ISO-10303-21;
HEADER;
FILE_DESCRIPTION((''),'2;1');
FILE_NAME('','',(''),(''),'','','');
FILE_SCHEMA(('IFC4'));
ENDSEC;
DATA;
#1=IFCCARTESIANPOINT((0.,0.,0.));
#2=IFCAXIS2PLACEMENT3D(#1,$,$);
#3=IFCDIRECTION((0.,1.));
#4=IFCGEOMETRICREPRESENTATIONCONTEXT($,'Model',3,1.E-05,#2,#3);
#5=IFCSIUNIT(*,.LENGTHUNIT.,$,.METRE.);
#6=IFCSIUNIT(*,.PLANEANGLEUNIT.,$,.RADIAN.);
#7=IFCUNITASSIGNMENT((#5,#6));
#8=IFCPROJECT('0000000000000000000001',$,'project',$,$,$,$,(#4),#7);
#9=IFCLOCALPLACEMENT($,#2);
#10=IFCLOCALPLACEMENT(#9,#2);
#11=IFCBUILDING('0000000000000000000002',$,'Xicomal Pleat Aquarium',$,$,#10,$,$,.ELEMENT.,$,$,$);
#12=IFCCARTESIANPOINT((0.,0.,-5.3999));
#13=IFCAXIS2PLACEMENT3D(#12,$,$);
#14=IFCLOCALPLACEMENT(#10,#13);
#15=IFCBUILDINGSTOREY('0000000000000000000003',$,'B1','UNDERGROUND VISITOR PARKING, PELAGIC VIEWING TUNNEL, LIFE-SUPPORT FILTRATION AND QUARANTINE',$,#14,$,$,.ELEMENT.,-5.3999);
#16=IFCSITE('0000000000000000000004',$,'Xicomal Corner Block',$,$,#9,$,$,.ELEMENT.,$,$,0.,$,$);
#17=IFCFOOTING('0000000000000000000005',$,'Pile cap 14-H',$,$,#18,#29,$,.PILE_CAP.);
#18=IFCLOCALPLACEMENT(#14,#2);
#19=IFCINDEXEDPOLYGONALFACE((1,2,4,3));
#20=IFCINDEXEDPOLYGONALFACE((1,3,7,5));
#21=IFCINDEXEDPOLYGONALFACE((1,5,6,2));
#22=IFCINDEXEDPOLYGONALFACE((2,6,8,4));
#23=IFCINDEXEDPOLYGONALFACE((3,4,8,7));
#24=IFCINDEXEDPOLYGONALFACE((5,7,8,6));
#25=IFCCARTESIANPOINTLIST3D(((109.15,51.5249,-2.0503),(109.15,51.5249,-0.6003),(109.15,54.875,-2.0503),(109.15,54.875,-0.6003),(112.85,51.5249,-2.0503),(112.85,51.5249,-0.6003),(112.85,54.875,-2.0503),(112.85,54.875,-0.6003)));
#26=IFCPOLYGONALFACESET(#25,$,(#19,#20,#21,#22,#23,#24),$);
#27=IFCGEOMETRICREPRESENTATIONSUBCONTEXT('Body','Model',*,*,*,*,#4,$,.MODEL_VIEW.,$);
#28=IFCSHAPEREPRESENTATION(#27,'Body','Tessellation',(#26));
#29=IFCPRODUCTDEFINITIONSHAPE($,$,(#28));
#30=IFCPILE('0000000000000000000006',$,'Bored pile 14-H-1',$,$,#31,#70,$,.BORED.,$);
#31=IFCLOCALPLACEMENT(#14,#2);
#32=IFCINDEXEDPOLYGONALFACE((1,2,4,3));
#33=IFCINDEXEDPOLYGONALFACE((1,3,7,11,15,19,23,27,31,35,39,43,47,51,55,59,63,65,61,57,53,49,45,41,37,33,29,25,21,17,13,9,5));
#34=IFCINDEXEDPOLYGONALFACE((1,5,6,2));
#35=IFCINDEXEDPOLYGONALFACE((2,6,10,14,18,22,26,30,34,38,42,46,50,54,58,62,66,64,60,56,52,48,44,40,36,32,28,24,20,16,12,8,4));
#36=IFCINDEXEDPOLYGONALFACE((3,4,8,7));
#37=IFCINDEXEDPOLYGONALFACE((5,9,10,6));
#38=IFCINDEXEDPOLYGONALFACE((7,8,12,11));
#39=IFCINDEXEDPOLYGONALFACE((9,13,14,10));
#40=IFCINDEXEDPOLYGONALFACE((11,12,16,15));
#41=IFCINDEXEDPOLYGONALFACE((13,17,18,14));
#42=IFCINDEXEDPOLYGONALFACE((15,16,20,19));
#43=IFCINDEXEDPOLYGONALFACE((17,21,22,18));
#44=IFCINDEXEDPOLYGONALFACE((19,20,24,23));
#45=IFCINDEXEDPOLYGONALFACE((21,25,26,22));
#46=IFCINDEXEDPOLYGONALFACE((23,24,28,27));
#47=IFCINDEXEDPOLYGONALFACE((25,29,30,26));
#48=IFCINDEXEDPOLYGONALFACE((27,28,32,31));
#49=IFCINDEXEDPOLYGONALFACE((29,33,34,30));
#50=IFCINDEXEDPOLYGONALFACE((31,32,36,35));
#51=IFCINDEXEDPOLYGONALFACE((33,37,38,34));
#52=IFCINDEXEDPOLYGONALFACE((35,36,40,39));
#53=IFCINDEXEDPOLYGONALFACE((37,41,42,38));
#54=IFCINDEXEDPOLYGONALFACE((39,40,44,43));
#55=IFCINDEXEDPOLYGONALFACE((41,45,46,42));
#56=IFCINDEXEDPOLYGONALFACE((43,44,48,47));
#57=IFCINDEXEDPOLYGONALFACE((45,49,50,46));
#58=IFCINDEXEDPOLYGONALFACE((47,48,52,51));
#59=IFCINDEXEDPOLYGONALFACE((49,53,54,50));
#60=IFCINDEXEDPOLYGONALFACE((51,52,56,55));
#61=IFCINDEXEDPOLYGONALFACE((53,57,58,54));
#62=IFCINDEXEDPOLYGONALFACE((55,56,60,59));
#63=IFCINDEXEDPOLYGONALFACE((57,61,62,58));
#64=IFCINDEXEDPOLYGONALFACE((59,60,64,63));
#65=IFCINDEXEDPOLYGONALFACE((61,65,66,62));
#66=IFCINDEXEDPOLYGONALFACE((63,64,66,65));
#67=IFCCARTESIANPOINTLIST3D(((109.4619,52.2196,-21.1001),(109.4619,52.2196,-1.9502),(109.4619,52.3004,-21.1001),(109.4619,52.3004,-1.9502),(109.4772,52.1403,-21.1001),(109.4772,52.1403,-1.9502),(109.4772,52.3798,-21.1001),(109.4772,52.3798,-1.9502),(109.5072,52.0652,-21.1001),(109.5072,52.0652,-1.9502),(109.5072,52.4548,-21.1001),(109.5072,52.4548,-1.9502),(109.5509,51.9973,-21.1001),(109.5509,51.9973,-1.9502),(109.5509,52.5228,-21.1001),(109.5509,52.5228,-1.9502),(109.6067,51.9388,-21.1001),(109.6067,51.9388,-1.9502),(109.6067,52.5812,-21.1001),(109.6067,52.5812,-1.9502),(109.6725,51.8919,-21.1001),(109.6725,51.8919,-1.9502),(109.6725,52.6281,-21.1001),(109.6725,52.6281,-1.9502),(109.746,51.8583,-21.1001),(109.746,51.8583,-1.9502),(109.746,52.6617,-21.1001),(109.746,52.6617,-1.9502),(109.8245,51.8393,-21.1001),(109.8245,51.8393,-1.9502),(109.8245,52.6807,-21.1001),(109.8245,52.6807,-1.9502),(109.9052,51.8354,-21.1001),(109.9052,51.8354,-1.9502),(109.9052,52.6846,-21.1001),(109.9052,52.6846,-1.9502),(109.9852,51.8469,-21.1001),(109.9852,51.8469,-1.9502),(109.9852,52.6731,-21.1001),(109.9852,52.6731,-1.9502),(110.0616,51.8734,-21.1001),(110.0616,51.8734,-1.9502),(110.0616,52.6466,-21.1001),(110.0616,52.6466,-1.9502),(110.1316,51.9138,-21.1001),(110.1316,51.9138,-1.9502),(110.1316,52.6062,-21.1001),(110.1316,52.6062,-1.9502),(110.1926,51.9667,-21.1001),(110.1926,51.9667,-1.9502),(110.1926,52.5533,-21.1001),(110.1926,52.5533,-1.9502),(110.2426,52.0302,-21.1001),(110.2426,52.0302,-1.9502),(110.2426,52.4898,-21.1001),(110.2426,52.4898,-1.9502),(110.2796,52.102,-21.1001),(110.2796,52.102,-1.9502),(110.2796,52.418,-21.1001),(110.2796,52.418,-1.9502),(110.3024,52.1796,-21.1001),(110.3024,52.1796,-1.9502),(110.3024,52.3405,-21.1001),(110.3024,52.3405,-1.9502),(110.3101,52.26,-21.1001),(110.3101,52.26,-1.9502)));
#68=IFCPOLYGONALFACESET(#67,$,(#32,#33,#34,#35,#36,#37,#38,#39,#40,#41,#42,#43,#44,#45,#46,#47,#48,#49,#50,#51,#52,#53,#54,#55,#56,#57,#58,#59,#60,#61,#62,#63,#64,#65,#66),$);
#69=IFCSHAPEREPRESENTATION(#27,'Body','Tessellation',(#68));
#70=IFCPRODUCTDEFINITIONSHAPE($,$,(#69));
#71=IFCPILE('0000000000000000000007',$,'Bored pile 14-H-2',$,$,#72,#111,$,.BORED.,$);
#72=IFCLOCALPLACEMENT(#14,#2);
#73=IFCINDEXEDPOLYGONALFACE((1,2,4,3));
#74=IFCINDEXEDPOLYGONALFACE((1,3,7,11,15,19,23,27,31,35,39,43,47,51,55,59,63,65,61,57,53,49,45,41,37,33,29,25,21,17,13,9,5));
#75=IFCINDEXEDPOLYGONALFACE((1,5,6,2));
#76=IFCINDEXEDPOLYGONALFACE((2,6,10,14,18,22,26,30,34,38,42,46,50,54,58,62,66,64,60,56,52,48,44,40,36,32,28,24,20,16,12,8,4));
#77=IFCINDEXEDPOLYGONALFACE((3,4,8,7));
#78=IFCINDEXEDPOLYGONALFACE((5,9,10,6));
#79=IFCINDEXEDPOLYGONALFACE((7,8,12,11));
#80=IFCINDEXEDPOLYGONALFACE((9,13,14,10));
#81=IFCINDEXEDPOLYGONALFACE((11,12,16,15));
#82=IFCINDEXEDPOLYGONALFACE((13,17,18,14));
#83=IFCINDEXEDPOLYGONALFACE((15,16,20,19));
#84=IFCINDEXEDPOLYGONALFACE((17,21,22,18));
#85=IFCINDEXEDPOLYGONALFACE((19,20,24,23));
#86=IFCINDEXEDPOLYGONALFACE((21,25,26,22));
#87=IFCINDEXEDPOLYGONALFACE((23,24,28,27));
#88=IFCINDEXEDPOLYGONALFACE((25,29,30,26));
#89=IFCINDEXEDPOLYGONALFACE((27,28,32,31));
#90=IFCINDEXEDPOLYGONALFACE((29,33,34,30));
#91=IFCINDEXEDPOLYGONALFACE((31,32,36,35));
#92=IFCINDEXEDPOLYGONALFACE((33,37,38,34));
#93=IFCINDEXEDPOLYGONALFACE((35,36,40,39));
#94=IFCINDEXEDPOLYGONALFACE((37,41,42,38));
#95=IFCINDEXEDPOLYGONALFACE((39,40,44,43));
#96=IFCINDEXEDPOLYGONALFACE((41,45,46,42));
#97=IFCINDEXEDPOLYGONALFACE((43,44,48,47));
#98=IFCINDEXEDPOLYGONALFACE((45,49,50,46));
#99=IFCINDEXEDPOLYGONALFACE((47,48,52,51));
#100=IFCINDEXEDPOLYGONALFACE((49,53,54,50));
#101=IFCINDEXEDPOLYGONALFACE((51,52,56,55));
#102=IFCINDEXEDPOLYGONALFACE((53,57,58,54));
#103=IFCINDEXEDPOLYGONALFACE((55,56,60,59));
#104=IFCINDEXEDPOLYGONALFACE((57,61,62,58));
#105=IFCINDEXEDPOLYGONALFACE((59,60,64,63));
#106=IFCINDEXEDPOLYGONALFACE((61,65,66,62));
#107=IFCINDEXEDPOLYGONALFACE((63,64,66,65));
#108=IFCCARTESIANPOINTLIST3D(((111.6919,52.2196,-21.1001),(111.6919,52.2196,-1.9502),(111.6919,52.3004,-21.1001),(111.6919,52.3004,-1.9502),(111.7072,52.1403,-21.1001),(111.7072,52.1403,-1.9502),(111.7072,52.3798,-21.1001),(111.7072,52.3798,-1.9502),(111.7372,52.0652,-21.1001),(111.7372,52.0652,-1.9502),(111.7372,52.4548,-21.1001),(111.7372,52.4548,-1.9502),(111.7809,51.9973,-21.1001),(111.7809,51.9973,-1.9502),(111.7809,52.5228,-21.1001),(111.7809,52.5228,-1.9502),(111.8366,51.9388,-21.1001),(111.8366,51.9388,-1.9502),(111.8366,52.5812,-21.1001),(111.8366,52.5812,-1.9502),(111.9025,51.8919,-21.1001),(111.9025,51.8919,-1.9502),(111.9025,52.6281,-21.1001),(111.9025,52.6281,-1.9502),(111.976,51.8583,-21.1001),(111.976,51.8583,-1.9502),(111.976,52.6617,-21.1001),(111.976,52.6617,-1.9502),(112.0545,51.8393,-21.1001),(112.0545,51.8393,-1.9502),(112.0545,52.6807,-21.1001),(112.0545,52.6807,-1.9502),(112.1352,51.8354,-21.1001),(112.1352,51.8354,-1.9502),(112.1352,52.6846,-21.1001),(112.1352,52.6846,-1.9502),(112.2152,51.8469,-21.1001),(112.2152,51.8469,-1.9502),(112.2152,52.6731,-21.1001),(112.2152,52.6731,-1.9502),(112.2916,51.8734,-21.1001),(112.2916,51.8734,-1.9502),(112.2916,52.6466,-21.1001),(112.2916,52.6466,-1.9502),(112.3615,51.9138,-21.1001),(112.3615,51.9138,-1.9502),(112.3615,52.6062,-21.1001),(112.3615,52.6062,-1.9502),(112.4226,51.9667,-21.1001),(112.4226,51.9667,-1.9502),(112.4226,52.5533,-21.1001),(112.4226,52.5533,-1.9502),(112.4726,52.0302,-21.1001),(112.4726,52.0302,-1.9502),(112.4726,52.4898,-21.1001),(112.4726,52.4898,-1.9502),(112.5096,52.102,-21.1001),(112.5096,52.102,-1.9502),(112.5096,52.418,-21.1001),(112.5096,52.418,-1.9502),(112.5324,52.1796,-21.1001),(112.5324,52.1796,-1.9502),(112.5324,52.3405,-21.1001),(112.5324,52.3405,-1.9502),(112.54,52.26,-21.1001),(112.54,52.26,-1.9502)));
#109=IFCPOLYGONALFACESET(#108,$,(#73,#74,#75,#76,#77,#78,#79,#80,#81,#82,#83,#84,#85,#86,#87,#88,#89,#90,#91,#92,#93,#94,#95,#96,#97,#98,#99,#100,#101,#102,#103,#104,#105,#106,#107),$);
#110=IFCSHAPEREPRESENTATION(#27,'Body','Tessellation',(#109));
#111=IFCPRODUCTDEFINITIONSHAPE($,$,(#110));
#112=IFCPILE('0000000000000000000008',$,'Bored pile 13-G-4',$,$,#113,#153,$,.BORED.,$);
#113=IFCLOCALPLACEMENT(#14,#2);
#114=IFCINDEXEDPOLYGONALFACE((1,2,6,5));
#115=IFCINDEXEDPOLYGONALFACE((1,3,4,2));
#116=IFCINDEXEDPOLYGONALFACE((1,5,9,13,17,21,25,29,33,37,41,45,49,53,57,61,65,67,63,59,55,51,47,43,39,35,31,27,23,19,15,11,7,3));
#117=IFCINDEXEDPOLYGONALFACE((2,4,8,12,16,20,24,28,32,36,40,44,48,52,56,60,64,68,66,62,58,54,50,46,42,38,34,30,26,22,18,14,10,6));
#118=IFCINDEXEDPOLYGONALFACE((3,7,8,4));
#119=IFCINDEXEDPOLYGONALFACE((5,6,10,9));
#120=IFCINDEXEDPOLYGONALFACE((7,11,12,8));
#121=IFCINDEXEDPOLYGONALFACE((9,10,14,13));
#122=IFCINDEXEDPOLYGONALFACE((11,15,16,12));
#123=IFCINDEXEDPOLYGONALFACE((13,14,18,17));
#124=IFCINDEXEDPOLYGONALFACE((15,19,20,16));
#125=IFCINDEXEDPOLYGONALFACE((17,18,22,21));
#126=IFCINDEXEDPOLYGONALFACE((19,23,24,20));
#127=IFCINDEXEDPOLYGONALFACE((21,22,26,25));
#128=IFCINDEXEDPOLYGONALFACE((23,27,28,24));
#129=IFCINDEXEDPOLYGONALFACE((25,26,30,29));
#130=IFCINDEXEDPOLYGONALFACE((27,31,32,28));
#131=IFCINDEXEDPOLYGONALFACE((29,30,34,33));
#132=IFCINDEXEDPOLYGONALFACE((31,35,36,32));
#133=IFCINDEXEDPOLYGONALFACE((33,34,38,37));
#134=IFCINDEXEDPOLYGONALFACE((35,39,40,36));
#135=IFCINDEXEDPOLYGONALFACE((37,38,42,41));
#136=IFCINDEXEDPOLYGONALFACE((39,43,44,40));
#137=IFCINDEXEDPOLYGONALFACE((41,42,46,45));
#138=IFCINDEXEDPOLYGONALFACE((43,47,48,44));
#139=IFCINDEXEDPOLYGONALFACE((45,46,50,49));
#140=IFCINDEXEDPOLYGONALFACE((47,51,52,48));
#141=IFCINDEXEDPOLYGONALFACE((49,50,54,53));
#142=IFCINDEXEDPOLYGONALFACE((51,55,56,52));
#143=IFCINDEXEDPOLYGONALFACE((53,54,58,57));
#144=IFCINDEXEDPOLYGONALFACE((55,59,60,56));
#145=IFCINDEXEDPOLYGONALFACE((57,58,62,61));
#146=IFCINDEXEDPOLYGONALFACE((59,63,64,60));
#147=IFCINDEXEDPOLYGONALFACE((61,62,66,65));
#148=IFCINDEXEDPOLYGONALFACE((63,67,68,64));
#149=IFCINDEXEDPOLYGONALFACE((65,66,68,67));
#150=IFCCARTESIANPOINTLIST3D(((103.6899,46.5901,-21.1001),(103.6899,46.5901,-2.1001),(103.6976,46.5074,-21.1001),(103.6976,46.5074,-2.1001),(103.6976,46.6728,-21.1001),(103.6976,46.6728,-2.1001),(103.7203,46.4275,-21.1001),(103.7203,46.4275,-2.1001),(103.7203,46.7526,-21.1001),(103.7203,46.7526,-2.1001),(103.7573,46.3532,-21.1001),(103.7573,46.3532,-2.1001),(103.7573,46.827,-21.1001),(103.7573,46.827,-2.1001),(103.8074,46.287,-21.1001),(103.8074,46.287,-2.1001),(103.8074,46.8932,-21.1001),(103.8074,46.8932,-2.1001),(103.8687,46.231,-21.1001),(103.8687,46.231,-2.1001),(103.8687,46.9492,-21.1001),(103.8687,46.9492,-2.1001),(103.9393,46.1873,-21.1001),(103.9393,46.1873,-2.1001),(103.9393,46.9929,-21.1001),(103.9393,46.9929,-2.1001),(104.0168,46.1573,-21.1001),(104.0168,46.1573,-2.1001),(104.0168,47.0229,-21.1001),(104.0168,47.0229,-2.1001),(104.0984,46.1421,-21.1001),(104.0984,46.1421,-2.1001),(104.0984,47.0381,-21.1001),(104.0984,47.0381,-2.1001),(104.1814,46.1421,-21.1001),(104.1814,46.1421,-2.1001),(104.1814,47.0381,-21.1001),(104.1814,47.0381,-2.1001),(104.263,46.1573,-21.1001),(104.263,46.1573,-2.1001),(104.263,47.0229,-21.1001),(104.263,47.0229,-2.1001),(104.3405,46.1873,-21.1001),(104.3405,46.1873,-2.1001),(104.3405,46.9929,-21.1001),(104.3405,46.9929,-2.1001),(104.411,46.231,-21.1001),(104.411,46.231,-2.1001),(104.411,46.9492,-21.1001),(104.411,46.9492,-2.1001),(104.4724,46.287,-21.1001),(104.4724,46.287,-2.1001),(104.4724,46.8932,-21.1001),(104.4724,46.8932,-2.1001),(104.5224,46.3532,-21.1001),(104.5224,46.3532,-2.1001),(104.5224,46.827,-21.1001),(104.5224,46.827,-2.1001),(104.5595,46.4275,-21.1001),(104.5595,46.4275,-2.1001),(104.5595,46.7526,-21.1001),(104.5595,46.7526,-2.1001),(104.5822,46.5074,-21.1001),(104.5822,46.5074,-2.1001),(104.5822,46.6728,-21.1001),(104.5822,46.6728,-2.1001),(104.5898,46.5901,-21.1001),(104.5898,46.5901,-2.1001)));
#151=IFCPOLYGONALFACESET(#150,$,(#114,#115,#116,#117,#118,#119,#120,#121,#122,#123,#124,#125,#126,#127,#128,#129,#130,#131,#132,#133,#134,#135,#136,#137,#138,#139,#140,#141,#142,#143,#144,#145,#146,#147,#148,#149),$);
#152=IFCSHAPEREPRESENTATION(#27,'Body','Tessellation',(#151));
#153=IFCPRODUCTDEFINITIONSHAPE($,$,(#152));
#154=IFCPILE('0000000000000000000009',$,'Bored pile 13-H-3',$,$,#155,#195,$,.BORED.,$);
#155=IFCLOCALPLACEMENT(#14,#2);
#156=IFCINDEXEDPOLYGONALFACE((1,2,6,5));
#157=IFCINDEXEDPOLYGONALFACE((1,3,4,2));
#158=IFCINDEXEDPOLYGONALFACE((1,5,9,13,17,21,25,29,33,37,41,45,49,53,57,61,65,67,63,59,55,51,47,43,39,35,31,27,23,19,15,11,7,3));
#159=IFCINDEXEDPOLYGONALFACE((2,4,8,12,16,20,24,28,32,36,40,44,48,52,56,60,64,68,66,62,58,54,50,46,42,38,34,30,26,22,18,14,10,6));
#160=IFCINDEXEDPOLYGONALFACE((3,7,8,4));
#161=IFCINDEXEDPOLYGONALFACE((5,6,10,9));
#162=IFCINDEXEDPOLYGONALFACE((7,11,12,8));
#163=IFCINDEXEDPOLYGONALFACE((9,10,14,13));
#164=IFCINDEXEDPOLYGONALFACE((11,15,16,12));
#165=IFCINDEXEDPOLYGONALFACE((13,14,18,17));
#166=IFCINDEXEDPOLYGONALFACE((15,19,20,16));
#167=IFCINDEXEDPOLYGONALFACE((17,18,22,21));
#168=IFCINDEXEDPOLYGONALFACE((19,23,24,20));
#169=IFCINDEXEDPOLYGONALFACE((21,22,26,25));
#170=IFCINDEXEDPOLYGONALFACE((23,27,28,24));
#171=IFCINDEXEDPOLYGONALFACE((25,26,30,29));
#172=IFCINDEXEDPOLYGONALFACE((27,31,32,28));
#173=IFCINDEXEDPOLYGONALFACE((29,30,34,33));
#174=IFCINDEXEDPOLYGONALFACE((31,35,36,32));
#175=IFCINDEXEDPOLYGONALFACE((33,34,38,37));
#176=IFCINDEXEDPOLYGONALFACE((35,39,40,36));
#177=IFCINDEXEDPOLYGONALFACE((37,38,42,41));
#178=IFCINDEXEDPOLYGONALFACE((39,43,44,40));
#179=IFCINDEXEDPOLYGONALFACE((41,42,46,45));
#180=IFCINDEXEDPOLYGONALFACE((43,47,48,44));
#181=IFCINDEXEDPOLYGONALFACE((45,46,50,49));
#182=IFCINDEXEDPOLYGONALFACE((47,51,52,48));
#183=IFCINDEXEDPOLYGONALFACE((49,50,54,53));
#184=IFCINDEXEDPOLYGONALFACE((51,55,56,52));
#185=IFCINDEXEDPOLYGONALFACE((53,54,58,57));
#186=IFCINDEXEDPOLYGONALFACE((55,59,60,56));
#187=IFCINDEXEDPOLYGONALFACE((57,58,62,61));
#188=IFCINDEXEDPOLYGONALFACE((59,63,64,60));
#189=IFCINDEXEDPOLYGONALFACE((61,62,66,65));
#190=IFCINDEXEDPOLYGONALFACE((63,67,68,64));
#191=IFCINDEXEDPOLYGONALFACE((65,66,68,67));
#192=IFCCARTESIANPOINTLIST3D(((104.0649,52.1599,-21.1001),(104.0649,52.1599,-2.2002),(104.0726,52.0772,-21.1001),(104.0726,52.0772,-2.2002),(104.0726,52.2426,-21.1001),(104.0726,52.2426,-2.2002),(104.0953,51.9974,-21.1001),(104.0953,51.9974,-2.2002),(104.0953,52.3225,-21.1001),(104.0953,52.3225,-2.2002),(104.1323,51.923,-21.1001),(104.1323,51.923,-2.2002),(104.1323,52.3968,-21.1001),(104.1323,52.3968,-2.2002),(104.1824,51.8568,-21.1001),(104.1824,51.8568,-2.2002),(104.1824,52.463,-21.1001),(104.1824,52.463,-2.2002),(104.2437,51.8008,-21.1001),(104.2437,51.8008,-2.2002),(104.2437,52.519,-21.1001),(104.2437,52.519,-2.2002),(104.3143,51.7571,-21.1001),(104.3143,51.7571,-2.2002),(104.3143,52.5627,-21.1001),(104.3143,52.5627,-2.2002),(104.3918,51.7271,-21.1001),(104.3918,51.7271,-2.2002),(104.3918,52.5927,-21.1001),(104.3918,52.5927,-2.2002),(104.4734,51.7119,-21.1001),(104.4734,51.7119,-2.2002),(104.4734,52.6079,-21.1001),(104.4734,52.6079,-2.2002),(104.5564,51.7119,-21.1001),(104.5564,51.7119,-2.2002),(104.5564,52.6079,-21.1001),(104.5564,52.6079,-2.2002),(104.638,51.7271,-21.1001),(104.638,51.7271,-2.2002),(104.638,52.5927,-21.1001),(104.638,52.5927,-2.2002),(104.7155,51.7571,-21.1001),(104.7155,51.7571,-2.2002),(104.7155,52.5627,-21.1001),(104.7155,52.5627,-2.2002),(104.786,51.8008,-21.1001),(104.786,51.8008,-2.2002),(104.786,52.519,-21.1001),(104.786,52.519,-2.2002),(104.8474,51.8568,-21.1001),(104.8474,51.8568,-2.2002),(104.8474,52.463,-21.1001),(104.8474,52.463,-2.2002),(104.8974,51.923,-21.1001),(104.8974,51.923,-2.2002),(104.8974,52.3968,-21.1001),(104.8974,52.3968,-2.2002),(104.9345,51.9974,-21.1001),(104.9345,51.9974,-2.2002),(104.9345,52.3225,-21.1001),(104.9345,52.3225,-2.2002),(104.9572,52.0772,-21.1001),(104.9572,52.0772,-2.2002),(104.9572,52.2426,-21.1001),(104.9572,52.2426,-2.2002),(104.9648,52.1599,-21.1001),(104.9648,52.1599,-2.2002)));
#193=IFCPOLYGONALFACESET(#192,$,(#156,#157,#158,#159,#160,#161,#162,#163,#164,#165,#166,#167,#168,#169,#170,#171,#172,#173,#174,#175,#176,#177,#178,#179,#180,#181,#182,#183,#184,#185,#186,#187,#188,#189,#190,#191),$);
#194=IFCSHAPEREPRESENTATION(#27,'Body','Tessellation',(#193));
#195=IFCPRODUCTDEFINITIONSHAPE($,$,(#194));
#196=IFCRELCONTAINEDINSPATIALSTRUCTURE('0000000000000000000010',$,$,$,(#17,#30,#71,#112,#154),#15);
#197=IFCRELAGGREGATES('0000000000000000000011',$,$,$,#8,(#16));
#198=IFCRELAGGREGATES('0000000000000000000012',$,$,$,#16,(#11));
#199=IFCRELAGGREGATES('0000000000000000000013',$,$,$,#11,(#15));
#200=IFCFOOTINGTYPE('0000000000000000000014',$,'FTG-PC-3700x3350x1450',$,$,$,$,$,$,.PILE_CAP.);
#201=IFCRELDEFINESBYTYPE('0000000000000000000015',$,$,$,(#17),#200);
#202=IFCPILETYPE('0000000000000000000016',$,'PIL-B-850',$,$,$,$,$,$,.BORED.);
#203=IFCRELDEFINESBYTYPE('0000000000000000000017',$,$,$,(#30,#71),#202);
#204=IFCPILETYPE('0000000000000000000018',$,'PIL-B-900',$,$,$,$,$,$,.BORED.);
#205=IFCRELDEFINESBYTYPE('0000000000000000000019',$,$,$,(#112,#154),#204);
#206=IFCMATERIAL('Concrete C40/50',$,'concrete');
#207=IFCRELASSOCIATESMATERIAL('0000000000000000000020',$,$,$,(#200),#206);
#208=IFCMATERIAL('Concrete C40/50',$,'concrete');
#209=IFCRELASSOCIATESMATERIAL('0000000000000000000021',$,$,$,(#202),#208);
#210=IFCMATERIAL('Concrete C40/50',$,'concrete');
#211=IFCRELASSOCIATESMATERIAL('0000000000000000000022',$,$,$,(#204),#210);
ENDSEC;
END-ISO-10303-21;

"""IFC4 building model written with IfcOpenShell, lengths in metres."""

from ifc_helpers import new_model, si_unit, direction, frame, origin, origin_2d, place, context, subcontext, project, spatial, rectangle, circle, extrude, material, material_profile, profile_set, type_object, element, save


model = new_model("IFC4")

# Units and contexts
model_context = context("Model", 3, precision=1e-05, world=origin(), true_north=direction((0.0, 1.0)))
body_context = subcontext(model_context, "Body", "Model", "MODEL_VIEW")
ifc_project = project(units=[si_unit("LENGTHUNIT", "METRE"), si_unit("PLANEANGLEUNIT", "RADIAN")], contexts=[model_context])

# Site, building, storey
site_placement = place(None, origin())
site = spatial("IfcSite", under=ifc_project, at=site_placement, Name="Xicomal Corner Block", CompositionType="ELEMENT", RefElevation=0.0)
building_placement = place(site_placement, origin())
building = spatial("IfcBuilding", under=site, at=building_placement, Name="Xicomal Pleat Aquarium", CompositionType="ELEMENT")
storey_placement = place(building_placement, frame((0.0, 0.0, -5.3999)))
storey = spatial("IfcBuildingStorey", under=building, at=storey_placement, Name="B1", Description="UNDERGROUND VISITOR PARKING, PELAGIC VIEWING TUNNEL, LIFE-SUPPORT FILTRATION AND QUARANTINE", CompositionType="ELEMENT", Elevation=-5.3999)

# Footing
ifc_material_1 = material(Name="Concrete C40/50", Category="concrete")
footing_type = type_object("IfcFootingType", Name="FTG-PC-3700x3350x1450", PredefinedType="PILE_CAP", material=ifc_material_1)
footing_placement = place(storey_placement, frame((111.0, 53.2, -2.0503), z_axis=(0.0, 0.0, 1.0), x_axis=(1.0, 0.0, 0.0)))
element("IfcFooting", 1, at=footing_placement, inside=storey, type_object=footing_type, Name="Pile cap 14-H", PredefinedType="PILE_CAP", context=body_context, shape_type="SweptSolid", body=[
    extrude(rectangle(XDim=3.7, YDim=3.3501, at=origin_2d()), origin(), (0.0, 0.0, 1.0), 1.45),
])

# Piles
ifc_material_2 = material(Name="Concrete C40/50", Category="concrete")
ifc_material_profile_1 = material_profile(ifc_material_2, circle(Radius=0.425, at=origin_2d()), Name="BORED PILE D850")
ifc_profile_set_1 = profile_set([ifc_material_profile_1], Name="Concrete C40/50")
pile_type_1 = type_object("IfcPileType", Name="PIL-B-850", PredefinedType="BORED", material=ifc_profile_set_1)
for number, where, z_axis, x_axis, name in (
    (2, (109.885, 52.26, -1.9502), (0.0, 0.0, -1.0), (1.0, 0.0, 0.0), "Bored pile 14-H-1"),
    (3, (112.115, 52.26, -1.9502), (0.0, 0.0, -1.0), (1.0, 0.0, 0.0), "Bored pile 14-H-2"),
):
    element("IfcPile", number, at=place(storey_placement, frame(where, z_axis=z_axis, x_axis=x_axis)), inside=storey, type_object=pile_type_1, Name=name, PredefinedType="BORED", context=body_context, shape_type="SweptSolid", body=[
        extrude(circle(Radius=0.425, at=origin_2d()), origin(), (0.0, 0.0, 1.0), 19.1499),
    ])
ifc_material_3 = material(Name="Concrete C40/50", Category="concrete")
ifc_material_profile_2 = material_profile(ifc_material_3, circle(Radius=0.45, at=origin_2d()), Name="BORED PILE D900")
ifc_profile_set_2 = profile_set([ifc_material_profile_2], Name="Concrete C40/50")
pile_type_2 = type_object("IfcPileType", Name="PIL-B-900", PredefinedType="BORED", material=ifc_profile_set_2)
pile_1_placement = place(storey_placement, frame((104.1399, 46.5901, -2.1001), z_axis=(0.0, 0.0, -1.0), x_axis=(1.0, 0.0, 0.0)))
element("IfcPile", 4, at=pile_1_placement, inside=storey, type_object=pile_type_2, Name="Bored pile 13-G-4", PredefinedType="BORED", context=body_context, shape_type="SweptSolid", body=[
    extrude(circle(Radius=0.45, at=origin_2d()), origin(), (0.0, 0.0, 1.0), 19.0),
])
pile_2_placement = place(storey_placement, frame((104.5149, 52.1599, -2.2002), z_axis=(0.0, 0.0, -1.0), x_axis=(1.0, 0.0, 0.0)))
element("IfcPile", 5, at=pile_2_placement, inside=storey, type_object=pile_type_2, Name="Bored pile 13-H-3", PredefinedType="BORED", context=body_context, shape_type="SweptSolid", body=[
    extrude(circle(Radius=0.45, at=origin_2d()), origin(), (0.0, 0.0, 1.0), 18.8999),
])

save(model, "model.ifc")
